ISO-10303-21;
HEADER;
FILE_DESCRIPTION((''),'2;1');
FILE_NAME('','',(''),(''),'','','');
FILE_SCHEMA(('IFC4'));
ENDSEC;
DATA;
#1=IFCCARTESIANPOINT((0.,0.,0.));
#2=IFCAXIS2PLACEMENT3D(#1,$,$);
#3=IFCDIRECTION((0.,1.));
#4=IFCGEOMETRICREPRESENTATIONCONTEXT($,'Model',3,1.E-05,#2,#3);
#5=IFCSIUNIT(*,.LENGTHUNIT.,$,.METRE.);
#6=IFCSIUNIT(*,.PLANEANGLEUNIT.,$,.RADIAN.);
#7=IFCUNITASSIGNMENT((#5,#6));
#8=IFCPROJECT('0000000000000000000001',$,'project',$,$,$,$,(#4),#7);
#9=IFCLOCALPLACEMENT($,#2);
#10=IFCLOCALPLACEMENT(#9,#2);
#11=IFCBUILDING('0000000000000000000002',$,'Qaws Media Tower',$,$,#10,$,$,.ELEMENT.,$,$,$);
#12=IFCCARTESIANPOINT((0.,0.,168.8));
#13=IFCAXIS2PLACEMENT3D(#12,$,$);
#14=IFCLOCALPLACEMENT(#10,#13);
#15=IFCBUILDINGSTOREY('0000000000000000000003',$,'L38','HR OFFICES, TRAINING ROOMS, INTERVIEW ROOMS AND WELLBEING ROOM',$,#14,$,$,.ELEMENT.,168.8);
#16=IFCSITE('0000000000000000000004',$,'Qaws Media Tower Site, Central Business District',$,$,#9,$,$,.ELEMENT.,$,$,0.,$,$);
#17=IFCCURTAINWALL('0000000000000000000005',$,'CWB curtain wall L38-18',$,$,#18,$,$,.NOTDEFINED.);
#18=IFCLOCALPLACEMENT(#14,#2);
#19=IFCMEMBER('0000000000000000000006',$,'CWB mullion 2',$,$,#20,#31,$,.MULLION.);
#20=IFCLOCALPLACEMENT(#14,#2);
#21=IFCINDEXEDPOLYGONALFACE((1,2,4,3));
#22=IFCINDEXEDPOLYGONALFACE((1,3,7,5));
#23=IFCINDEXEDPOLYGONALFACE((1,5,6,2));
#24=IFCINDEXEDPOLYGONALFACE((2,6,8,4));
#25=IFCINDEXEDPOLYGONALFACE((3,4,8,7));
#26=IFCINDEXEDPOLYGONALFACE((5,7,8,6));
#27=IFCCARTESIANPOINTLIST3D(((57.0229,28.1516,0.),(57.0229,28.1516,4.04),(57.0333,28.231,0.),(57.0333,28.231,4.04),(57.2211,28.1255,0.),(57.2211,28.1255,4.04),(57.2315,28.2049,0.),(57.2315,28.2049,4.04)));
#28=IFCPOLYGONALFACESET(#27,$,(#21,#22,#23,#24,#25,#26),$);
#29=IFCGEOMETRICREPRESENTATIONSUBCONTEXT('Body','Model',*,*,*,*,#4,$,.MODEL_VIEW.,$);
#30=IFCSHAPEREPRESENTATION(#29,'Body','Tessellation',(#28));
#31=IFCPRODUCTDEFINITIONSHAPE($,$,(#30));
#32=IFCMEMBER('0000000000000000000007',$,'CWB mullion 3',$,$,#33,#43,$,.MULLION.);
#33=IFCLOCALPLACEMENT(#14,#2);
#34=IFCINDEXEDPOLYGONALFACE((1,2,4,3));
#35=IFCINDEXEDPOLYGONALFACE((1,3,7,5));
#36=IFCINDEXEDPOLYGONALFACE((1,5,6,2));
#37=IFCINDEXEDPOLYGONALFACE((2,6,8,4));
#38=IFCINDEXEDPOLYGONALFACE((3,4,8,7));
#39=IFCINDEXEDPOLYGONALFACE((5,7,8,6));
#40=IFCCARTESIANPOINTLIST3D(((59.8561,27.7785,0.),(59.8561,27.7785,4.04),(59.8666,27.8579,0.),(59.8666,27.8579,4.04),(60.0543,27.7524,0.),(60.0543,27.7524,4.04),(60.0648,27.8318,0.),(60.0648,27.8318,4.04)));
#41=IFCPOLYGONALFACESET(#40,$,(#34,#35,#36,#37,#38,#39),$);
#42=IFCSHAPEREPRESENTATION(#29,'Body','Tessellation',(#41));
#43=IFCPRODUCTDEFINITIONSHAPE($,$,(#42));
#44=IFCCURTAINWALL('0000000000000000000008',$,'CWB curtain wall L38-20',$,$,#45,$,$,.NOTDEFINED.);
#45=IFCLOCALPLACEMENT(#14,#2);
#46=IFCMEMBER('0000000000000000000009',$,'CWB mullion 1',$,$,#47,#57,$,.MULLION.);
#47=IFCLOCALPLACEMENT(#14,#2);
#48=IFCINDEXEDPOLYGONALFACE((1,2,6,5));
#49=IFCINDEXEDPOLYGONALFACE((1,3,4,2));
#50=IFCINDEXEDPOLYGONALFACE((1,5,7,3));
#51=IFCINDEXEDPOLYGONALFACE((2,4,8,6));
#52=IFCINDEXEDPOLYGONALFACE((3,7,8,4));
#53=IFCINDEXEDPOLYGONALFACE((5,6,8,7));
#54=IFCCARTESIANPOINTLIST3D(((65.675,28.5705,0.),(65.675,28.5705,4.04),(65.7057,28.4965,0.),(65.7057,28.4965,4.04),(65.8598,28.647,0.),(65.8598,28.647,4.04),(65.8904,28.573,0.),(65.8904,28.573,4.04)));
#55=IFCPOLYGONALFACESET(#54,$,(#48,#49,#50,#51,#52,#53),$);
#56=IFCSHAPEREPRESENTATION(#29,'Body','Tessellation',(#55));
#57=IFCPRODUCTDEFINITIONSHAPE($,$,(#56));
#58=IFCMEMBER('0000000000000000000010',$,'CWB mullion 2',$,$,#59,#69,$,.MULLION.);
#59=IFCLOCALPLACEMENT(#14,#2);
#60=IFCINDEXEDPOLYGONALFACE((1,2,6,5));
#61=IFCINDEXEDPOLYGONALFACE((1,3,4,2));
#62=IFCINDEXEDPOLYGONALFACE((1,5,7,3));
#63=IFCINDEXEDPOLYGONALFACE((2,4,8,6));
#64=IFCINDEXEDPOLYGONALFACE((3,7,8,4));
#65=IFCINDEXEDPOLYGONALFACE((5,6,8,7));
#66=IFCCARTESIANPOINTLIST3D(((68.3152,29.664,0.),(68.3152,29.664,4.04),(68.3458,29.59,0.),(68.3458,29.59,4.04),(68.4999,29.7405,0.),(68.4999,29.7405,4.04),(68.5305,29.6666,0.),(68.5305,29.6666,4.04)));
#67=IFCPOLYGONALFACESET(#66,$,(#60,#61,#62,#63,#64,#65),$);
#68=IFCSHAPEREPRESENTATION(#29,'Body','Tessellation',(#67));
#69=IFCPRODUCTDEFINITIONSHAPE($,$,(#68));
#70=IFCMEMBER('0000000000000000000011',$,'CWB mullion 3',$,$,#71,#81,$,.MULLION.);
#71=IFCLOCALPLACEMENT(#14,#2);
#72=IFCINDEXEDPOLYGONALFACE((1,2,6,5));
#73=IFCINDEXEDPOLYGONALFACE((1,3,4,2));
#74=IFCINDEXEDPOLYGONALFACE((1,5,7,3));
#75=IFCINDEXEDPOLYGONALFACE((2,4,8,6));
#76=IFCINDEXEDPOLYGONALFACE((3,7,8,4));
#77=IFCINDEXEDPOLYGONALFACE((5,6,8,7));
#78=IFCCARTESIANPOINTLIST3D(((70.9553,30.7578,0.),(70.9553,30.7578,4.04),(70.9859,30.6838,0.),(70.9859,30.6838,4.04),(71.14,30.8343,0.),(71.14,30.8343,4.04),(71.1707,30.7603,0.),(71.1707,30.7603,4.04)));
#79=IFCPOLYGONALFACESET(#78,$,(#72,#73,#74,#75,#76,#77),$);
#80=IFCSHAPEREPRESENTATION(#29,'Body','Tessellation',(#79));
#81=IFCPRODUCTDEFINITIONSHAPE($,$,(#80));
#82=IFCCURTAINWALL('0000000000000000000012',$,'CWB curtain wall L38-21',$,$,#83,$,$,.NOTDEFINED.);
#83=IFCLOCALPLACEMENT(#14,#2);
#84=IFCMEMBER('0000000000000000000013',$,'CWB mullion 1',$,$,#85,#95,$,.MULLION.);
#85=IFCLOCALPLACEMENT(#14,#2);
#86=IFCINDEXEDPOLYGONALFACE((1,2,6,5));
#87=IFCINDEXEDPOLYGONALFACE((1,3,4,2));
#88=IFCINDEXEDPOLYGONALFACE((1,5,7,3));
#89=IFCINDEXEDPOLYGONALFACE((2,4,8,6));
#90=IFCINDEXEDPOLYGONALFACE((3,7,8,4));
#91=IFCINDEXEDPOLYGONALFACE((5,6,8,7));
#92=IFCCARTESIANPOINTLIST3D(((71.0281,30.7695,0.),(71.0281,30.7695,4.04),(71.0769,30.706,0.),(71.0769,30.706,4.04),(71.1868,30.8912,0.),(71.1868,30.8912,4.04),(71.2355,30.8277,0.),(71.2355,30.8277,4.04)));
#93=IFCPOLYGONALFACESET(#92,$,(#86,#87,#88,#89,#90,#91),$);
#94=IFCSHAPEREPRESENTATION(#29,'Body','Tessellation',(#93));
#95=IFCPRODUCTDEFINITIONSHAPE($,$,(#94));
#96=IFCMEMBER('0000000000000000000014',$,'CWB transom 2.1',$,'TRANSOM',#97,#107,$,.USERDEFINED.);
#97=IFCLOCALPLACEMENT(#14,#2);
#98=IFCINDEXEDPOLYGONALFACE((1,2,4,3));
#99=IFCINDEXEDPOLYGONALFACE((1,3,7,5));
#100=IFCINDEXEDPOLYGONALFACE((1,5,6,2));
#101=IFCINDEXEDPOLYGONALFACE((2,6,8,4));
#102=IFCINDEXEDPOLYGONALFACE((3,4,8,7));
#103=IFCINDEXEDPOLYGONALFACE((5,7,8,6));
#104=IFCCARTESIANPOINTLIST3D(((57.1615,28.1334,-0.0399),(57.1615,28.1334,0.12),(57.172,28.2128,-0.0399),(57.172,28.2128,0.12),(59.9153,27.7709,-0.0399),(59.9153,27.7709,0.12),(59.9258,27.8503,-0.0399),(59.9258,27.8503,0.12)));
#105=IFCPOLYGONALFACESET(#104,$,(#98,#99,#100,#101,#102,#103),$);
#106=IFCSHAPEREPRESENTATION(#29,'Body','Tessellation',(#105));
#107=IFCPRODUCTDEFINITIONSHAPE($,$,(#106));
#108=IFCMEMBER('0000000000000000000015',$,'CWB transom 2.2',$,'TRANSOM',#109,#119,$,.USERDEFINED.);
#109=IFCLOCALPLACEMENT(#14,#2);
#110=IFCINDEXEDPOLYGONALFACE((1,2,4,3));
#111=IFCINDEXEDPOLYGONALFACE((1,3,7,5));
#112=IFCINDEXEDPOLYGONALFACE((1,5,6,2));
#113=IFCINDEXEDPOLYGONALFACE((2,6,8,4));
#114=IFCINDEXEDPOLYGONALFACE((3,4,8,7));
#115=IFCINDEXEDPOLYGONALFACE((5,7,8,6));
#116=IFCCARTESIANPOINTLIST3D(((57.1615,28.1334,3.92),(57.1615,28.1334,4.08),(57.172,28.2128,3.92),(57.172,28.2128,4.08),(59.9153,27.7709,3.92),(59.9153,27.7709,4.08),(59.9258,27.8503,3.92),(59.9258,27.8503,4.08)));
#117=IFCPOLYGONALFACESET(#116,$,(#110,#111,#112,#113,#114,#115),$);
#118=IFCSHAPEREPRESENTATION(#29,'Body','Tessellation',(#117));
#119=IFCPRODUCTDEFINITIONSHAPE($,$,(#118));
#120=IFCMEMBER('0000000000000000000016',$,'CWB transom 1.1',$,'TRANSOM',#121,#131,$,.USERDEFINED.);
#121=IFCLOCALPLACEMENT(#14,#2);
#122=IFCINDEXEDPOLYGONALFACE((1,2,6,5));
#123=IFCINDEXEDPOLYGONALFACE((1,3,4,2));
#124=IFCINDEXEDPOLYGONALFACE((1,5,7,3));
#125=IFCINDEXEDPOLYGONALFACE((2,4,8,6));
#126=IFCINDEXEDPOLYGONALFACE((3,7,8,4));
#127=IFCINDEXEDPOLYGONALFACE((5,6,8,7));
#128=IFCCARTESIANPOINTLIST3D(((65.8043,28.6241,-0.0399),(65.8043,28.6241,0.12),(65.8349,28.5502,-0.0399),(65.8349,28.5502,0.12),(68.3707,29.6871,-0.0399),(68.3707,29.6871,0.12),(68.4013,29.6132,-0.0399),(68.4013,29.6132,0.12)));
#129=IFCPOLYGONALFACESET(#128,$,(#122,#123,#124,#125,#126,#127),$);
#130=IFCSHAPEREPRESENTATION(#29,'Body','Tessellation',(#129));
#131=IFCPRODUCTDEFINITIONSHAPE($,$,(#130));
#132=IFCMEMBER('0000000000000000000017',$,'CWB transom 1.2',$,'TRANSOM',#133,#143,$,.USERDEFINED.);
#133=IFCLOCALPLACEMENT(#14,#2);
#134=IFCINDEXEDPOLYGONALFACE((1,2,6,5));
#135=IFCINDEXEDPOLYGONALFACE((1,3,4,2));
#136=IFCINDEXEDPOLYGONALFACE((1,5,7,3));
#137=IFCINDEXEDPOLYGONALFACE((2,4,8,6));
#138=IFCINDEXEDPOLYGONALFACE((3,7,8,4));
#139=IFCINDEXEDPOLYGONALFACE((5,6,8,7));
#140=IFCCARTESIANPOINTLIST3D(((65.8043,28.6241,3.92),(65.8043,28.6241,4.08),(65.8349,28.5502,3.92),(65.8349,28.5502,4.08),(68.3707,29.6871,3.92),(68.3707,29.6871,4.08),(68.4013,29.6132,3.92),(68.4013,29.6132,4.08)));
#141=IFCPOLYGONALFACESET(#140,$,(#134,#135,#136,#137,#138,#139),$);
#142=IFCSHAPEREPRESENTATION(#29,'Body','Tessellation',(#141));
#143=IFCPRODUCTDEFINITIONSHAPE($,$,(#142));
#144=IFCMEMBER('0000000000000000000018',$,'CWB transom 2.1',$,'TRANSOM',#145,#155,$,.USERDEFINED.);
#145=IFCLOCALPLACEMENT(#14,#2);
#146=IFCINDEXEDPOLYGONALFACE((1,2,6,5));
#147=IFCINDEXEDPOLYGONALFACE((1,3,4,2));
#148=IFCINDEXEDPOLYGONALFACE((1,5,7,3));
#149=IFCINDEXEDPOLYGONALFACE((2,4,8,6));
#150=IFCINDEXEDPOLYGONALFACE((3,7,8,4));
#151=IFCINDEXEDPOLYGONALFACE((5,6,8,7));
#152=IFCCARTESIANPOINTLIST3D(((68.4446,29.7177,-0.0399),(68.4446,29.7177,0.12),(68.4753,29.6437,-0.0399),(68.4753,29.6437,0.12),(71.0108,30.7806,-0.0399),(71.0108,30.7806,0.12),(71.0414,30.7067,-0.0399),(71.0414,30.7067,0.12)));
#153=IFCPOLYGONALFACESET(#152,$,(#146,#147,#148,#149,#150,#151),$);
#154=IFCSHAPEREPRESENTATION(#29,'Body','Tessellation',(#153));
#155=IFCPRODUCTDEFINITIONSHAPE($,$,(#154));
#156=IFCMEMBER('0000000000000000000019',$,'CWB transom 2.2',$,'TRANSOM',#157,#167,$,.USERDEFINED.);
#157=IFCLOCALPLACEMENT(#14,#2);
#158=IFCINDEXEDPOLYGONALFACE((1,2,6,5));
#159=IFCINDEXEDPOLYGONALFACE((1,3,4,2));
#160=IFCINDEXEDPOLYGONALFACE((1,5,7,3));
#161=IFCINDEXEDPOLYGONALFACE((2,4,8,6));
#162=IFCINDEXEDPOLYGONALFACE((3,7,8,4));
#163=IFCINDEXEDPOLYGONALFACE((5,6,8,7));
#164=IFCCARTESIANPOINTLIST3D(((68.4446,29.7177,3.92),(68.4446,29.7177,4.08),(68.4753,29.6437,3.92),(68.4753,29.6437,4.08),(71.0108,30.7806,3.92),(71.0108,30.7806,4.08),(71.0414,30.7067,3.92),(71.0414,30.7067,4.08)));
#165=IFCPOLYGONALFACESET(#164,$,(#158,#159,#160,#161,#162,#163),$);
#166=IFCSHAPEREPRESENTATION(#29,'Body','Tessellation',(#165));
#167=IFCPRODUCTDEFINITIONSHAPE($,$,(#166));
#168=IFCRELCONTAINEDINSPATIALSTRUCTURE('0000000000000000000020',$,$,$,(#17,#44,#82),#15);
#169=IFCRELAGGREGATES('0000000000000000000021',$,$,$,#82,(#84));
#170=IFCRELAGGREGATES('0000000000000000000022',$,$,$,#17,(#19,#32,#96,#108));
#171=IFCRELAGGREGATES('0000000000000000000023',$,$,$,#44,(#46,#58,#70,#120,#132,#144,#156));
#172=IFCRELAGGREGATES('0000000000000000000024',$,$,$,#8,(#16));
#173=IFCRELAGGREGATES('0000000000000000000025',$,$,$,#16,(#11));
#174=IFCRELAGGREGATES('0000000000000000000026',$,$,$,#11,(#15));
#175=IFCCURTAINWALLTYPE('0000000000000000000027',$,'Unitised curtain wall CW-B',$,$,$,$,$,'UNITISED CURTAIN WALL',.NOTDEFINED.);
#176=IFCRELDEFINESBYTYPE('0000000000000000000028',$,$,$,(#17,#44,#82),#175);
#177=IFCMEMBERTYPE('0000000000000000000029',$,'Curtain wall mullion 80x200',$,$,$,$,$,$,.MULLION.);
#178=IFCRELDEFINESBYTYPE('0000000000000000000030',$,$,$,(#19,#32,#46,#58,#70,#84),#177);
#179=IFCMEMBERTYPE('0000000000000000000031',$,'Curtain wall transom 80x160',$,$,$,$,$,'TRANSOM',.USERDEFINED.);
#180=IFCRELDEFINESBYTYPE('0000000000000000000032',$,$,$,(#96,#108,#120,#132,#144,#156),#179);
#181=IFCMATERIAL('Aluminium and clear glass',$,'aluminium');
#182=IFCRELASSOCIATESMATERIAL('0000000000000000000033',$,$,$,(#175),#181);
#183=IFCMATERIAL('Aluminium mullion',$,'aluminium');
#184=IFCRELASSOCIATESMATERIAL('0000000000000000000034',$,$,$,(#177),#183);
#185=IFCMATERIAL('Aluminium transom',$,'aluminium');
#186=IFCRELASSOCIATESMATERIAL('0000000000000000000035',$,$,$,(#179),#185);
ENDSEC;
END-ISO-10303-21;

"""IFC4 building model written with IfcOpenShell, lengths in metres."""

from ifc_helpers import new_model, si_unit, direction, frame, origin, origin_2d, place, context, subcontext, project, spatial, rectangle, extrude, material, material_profile, profile_set, type_object, element, aggregate, save


model = new_model("IFC4")

# Units and contexts
model_context = context("Model", 3, precision=1e-05, world=origin(), true_north=direction((0.0, 1.0)))
body_context = subcontext(model_context, "Body", "Model", "MODEL_VIEW")
ifc_project = project(units=[si_unit("LENGTHUNIT", "METRE"), si_unit("PLANEANGLEUNIT", "RADIAN")], contexts=[model_context])

# Site, building, storey
site_placement = place(None, origin())
site = spatial("IfcSite", under=ifc_project, at=site_placement, Name="Qaws Media Tower Site, Central Business District", CompositionType="ELEMENT", RefElevation=0.0)
building_placement = place(site_placement, origin())
building = spatial("IfcBuilding", under=site, at=building_placement, Name="Qaws Media Tower", CompositionType="ELEMENT")
storey_placement = place(building_placement, frame((0.0, 0.0, 168.8)))
storey = spatial("IfcBuildingStorey", under=building, at=storey_placement, Name="L38", Description="HR OFFICES, TRAINING ROOMS, INTERVIEW ROOMS AND WELLBEING ROOM", CompositionType="ELEMENT", Elevation=168.8)

# Curtain walls, members
ifc_material_1 = material(Name="Aluminium and clear glass", Category="aluminium")
curtain_wall_type = type_object("IfcCurtainWallType", Name="Unitised curtain wall CW-B", ElementType="UNITISED CURTAIN WALL", PredefinedType="NOTDEFINED", material=ifc_material_1)
curtain_wall_1_placement = place(storey_placement, origin())
curtain_wall_1 = element("IfcCurtainWall", 1, at=curtain_wall_1_placement, inside=storey, type_object=curtain_wall_type, Name="CWB curtain wall L38-18", PredefinedType="NOTDEFINED")
ifc_material_2 = material(Name="Aluminium mullion", Category="aluminium")
ifc_material_profile_1 = material_profile(ifc_material_2, rectangle(XDim=0.0801, YDim=0.2, at=origin_2d()), Name="80x200")
ifc_profile_set_1 = profile_set([ifc_material_profile_1], Name="Aluminium mullion")
member_type_1 = type_object("IfcMemberType", Name="Curtain wall mullion 80x200", PredefinedType="MULLION", material=ifc_profile_set_1)
member_1_placement = place(storey_placement, frame((57.1272, 28.1782, 0.0), z_axis=(0.0, 0.0, 1.0), x_axis=(0.130526, 0.991445, 0.0)))
member_1 = element("IfcMember", 2, at=member_1_placement, type_object=member_type_1, Name="CWB mullion 2", PredefinedType="MULLION", context=body_context, shape_type="SweptSolid", body=[
    extrude(rectangle(XDim=0.0801, YDim=0.2, at=origin_2d()), origin(), (0.0, 0.0, 1.0), 4.04),
])
member_2_placement = place(storey_placement, frame((59.9604, 27.8052, 0.0), z_axis=(0.0, 0.0, 1.0), x_axis=(0.130526, 0.991445, 0.0)))
member_2 = element("IfcMember", 3, at=member_2_placement, type_object=member_type_1, Name="CWB mullion 3", PredefinedType="MULLION", context=body_context, shape_type="SweptSolid", body=[
    extrude(rectangle(XDim=0.0801, YDim=0.2, at=origin_2d()), origin(), (0.0, 0.0, 1.0), 4.04),
])
curtain_wall_2_placement = place(storey_placement, origin())
curtain_wall_2 = element("IfcCurtainWall", 4, at=curtain_wall_2_placement, inside=storey, type_object=curtain_wall_type, Name="CWB curtain wall L38-20", PredefinedType="NOTDEFINED")
member_3_placement = place(storey_placement, frame((65.7827, 28.5718, 0.0), z_axis=(0.0, 0.0, 1.0), x_axis=(-0.382683, 0.92388, 0.0)))
member_3 = element("IfcMember", 5, at=member_3_placement, type_object=member_type_1, Name="CWB mullion 1", PredefinedType="MULLION", context=body_context, shape_type="SweptSolid", body=[
    extrude(rectangle(XDim=0.0801, YDim=0.2, at=origin_2d()), origin(), (0.0, 0.0, 1.0), 4.04),
])
member_4_placement = place(storey_placement, frame((68.4229, 29.6653, 0.0), z_axis=(0.0, 0.0, 1.0), x_axis=(-0.382683, 0.92388, 0.0)))
member_4 = element("IfcMember", 6, at=member_4_placement, type_object=member_type_1, Name="CWB mullion 2", PredefinedType="MULLION", context=body_context, shape_type="SweptSolid", body=[
    extrude(rectangle(XDim=0.0801, YDim=0.2, at=origin_2d()), origin(), (0.0, 0.0, 1.0), 4.04),
])
member_5_placement = place(storey_placement, frame((71.063, 30.759, 0.0), z_axis=(0.0, 0.0, 1.0), x_axis=(-0.382683, 0.92388, 0.0)))
member_5 = element("IfcMember", 7, at=member_5_placement, type_object=member_type_1, Name="CWB mullion 3", PredefinedType="MULLION", context=body_context, shape_type="SweptSolid", body=[
    extrude(rectangle(XDim=0.0801, YDim=0.2, at=origin_2d()), origin(), (0.0, 0.0, 1.0), 4.04),
])

# Curtain wall, member
curtain_wall_3_placement = place(storey_placement, origin())
curtain_wall_3 = element("IfcCurtainWall", 8, at=curtain_wall_3_placement, inside=storey, type_object=curtain_wall_type, Name="CWB curtain wall L38-21", PredefinedType="NOTDEFINED")
member_6_placement = place(storey_placement, frame((71.1318, 30.7986, 0.0), z_axis=(0.0, 0.0, 1.0), x_axis=(-0.608761, 0.793353, 0.0)))
member_6 = element("IfcMember", 9, at=member_6_placement, type_object=member_type_1, Name="CWB mullion 1", PredefinedType="MULLION", context=body_context, shape_type="SweptSolid", body=[
    extrude(rectangle(XDim=0.0801, YDim=0.2, at=origin_2d()), origin(), (0.0, 0.0, 1.0), 4.04),
])
aggregate(curtain_wall_3, [member_6])

# Members
ifc_material_3 = material(Name="Aluminium transom", Category="aluminium")
ifc_material_profile_2 = material_profile(ifc_material_3, rectangle(XDim=0.0801, YDim=0.1599, at=origin_2d()), Name="80x160")
ifc_profile_set_2 = profile_set([ifc_material_profile_2], Name="Aluminium transom")
member_type_2 = type_object("IfcMemberType", Name="Curtain wall transom 80x160", ElementType="TRANSOM", PredefinedType="USERDEFINED", material=ifc_profile_set_2)
member_7_placement = place(storey_placement, frame((57.1667, 28.1731, 0.04), z_axis=(0.991445, -0.130523, 0.0), x_axis=(0.130523, 0.991445, 0.0)))
member_7 = element("IfcMember", 10, at=member_7_placement, type_object=member_type_2, Name="CWB transom 2.1", ObjectType="TRANSOM", PredefinedType="USERDEFINED", context=body_context, shape_type="SweptSolid", body=[
    extrude(rectangle(XDim=0.0801, YDim=0.1599, at=origin_2d()), origin(), (0.0, 0.0, 1.0), 2.7776),
])
member_8_placement = place(storey_placement, frame((57.1667, 28.1731, 4.0), z_axis=(0.991445, -0.130523, 0.0), x_axis=(0.130523, 0.991445, 0.0)))
member_8 = element("IfcMember", 11, at=member_8_placement, type_object=member_type_2, Name="CWB transom 2.2", ObjectType="TRANSOM", PredefinedType="USERDEFINED", context=body_context, shape_type="SweptSolid", body=[
    extrude(rectangle(XDim=0.0801, YDim=0.1599, at=origin_2d()), origin(), (0.0, 0.0, 1.0), 2.7776),
])
member_9_placement = place(storey_placement, frame((65.8196, 28.5872, 0.04), z_axis=(0.923886, 0.382667, 0.0), x_axis=(-0.382667, 0.923886, 0.0)))
member_9 = element("IfcMember", 12, at=member_9_placement, type_object=member_type_2, Name="CWB transom 1.1", ObjectType="TRANSOM", PredefinedType="USERDEFINED", context=body_context, shape_type="SweptSolid", body=[
    extrude(rectangle(XDim=0.0801, YDim=0.1599, at=origin_2d()), origin(), (0.0, 0.0, 1.0), 2.7778),
])
member_10_placement = place(storey_placement, frame((65.8196, 28.5872, 4.0), z_axis=(0.923886, 0.382667, 0.0), x_axis=(-0.382667, 0.923886, 0.0)))
member_10 = element("IfcMember", 13, at=member_10_placement, type_object=member_type_2, Name="CWB transom 1.2", ObjectType="TRANSOM", PredefinedType="USERDEFINED", context=body_context, shape_type="SweptSolid", body=[
    extrude(rectangle(XDim=0.0801, YDim=0.1599, at=origin_2d()), origin(), (0.0, 0.0, 1.0), 2.7778),
])
member_11_placement = place(storey_placement, frame((68.46, 29.6807, 0.04), z_axis=(0.923873, 0.382699, 0.0), x_axis=(-0.382699, 0.923873, 0.0)))
member_11 = element("IfcMember", 14, at=member_11_placement, type_object=member_type_2, Name="CWB transom 2.1", ObjectType="TRANSOM", PredefinedType="USERDEFINED", context=body_context, shape_type="SweptSolid", body=[
    extrude(rectangle(XDim=0.0801, YDim=0.1599, at=origin_2d()), origin(), (0.0, 0.0, 1.0), 2.7776),
])
member_12_placement = place(storey_placement, frame((68.46, 29.6807, 4.0), z_axis=(0.923873, 0.382699, 0.0), x_axis=(-0.382699, 0.923873, 0.0)))
member_12 = element("IfcMember", 15, at=member_12_placement, type_object=member_type_2, Name="CWB transom 2.2", ObjectType="TRANSOM", PredefinedType="USERDEFINED", context=body_context, shape_type="SweptSolid", body=[
    extrude(rectangle(XDim=0.0801, YDim=0.1599, at=origin_2d()), origin(), (0.0, 0.0, 1.0), 2.7776),
])

aggregate(curtain_wall_1, [member_1, member_2, member_7, member_8])
aggregate(curtain_wall_2, [member_3, member_4, member_5, member_9, member_10, member_11, member_12])

save(model, "model.ifc")
